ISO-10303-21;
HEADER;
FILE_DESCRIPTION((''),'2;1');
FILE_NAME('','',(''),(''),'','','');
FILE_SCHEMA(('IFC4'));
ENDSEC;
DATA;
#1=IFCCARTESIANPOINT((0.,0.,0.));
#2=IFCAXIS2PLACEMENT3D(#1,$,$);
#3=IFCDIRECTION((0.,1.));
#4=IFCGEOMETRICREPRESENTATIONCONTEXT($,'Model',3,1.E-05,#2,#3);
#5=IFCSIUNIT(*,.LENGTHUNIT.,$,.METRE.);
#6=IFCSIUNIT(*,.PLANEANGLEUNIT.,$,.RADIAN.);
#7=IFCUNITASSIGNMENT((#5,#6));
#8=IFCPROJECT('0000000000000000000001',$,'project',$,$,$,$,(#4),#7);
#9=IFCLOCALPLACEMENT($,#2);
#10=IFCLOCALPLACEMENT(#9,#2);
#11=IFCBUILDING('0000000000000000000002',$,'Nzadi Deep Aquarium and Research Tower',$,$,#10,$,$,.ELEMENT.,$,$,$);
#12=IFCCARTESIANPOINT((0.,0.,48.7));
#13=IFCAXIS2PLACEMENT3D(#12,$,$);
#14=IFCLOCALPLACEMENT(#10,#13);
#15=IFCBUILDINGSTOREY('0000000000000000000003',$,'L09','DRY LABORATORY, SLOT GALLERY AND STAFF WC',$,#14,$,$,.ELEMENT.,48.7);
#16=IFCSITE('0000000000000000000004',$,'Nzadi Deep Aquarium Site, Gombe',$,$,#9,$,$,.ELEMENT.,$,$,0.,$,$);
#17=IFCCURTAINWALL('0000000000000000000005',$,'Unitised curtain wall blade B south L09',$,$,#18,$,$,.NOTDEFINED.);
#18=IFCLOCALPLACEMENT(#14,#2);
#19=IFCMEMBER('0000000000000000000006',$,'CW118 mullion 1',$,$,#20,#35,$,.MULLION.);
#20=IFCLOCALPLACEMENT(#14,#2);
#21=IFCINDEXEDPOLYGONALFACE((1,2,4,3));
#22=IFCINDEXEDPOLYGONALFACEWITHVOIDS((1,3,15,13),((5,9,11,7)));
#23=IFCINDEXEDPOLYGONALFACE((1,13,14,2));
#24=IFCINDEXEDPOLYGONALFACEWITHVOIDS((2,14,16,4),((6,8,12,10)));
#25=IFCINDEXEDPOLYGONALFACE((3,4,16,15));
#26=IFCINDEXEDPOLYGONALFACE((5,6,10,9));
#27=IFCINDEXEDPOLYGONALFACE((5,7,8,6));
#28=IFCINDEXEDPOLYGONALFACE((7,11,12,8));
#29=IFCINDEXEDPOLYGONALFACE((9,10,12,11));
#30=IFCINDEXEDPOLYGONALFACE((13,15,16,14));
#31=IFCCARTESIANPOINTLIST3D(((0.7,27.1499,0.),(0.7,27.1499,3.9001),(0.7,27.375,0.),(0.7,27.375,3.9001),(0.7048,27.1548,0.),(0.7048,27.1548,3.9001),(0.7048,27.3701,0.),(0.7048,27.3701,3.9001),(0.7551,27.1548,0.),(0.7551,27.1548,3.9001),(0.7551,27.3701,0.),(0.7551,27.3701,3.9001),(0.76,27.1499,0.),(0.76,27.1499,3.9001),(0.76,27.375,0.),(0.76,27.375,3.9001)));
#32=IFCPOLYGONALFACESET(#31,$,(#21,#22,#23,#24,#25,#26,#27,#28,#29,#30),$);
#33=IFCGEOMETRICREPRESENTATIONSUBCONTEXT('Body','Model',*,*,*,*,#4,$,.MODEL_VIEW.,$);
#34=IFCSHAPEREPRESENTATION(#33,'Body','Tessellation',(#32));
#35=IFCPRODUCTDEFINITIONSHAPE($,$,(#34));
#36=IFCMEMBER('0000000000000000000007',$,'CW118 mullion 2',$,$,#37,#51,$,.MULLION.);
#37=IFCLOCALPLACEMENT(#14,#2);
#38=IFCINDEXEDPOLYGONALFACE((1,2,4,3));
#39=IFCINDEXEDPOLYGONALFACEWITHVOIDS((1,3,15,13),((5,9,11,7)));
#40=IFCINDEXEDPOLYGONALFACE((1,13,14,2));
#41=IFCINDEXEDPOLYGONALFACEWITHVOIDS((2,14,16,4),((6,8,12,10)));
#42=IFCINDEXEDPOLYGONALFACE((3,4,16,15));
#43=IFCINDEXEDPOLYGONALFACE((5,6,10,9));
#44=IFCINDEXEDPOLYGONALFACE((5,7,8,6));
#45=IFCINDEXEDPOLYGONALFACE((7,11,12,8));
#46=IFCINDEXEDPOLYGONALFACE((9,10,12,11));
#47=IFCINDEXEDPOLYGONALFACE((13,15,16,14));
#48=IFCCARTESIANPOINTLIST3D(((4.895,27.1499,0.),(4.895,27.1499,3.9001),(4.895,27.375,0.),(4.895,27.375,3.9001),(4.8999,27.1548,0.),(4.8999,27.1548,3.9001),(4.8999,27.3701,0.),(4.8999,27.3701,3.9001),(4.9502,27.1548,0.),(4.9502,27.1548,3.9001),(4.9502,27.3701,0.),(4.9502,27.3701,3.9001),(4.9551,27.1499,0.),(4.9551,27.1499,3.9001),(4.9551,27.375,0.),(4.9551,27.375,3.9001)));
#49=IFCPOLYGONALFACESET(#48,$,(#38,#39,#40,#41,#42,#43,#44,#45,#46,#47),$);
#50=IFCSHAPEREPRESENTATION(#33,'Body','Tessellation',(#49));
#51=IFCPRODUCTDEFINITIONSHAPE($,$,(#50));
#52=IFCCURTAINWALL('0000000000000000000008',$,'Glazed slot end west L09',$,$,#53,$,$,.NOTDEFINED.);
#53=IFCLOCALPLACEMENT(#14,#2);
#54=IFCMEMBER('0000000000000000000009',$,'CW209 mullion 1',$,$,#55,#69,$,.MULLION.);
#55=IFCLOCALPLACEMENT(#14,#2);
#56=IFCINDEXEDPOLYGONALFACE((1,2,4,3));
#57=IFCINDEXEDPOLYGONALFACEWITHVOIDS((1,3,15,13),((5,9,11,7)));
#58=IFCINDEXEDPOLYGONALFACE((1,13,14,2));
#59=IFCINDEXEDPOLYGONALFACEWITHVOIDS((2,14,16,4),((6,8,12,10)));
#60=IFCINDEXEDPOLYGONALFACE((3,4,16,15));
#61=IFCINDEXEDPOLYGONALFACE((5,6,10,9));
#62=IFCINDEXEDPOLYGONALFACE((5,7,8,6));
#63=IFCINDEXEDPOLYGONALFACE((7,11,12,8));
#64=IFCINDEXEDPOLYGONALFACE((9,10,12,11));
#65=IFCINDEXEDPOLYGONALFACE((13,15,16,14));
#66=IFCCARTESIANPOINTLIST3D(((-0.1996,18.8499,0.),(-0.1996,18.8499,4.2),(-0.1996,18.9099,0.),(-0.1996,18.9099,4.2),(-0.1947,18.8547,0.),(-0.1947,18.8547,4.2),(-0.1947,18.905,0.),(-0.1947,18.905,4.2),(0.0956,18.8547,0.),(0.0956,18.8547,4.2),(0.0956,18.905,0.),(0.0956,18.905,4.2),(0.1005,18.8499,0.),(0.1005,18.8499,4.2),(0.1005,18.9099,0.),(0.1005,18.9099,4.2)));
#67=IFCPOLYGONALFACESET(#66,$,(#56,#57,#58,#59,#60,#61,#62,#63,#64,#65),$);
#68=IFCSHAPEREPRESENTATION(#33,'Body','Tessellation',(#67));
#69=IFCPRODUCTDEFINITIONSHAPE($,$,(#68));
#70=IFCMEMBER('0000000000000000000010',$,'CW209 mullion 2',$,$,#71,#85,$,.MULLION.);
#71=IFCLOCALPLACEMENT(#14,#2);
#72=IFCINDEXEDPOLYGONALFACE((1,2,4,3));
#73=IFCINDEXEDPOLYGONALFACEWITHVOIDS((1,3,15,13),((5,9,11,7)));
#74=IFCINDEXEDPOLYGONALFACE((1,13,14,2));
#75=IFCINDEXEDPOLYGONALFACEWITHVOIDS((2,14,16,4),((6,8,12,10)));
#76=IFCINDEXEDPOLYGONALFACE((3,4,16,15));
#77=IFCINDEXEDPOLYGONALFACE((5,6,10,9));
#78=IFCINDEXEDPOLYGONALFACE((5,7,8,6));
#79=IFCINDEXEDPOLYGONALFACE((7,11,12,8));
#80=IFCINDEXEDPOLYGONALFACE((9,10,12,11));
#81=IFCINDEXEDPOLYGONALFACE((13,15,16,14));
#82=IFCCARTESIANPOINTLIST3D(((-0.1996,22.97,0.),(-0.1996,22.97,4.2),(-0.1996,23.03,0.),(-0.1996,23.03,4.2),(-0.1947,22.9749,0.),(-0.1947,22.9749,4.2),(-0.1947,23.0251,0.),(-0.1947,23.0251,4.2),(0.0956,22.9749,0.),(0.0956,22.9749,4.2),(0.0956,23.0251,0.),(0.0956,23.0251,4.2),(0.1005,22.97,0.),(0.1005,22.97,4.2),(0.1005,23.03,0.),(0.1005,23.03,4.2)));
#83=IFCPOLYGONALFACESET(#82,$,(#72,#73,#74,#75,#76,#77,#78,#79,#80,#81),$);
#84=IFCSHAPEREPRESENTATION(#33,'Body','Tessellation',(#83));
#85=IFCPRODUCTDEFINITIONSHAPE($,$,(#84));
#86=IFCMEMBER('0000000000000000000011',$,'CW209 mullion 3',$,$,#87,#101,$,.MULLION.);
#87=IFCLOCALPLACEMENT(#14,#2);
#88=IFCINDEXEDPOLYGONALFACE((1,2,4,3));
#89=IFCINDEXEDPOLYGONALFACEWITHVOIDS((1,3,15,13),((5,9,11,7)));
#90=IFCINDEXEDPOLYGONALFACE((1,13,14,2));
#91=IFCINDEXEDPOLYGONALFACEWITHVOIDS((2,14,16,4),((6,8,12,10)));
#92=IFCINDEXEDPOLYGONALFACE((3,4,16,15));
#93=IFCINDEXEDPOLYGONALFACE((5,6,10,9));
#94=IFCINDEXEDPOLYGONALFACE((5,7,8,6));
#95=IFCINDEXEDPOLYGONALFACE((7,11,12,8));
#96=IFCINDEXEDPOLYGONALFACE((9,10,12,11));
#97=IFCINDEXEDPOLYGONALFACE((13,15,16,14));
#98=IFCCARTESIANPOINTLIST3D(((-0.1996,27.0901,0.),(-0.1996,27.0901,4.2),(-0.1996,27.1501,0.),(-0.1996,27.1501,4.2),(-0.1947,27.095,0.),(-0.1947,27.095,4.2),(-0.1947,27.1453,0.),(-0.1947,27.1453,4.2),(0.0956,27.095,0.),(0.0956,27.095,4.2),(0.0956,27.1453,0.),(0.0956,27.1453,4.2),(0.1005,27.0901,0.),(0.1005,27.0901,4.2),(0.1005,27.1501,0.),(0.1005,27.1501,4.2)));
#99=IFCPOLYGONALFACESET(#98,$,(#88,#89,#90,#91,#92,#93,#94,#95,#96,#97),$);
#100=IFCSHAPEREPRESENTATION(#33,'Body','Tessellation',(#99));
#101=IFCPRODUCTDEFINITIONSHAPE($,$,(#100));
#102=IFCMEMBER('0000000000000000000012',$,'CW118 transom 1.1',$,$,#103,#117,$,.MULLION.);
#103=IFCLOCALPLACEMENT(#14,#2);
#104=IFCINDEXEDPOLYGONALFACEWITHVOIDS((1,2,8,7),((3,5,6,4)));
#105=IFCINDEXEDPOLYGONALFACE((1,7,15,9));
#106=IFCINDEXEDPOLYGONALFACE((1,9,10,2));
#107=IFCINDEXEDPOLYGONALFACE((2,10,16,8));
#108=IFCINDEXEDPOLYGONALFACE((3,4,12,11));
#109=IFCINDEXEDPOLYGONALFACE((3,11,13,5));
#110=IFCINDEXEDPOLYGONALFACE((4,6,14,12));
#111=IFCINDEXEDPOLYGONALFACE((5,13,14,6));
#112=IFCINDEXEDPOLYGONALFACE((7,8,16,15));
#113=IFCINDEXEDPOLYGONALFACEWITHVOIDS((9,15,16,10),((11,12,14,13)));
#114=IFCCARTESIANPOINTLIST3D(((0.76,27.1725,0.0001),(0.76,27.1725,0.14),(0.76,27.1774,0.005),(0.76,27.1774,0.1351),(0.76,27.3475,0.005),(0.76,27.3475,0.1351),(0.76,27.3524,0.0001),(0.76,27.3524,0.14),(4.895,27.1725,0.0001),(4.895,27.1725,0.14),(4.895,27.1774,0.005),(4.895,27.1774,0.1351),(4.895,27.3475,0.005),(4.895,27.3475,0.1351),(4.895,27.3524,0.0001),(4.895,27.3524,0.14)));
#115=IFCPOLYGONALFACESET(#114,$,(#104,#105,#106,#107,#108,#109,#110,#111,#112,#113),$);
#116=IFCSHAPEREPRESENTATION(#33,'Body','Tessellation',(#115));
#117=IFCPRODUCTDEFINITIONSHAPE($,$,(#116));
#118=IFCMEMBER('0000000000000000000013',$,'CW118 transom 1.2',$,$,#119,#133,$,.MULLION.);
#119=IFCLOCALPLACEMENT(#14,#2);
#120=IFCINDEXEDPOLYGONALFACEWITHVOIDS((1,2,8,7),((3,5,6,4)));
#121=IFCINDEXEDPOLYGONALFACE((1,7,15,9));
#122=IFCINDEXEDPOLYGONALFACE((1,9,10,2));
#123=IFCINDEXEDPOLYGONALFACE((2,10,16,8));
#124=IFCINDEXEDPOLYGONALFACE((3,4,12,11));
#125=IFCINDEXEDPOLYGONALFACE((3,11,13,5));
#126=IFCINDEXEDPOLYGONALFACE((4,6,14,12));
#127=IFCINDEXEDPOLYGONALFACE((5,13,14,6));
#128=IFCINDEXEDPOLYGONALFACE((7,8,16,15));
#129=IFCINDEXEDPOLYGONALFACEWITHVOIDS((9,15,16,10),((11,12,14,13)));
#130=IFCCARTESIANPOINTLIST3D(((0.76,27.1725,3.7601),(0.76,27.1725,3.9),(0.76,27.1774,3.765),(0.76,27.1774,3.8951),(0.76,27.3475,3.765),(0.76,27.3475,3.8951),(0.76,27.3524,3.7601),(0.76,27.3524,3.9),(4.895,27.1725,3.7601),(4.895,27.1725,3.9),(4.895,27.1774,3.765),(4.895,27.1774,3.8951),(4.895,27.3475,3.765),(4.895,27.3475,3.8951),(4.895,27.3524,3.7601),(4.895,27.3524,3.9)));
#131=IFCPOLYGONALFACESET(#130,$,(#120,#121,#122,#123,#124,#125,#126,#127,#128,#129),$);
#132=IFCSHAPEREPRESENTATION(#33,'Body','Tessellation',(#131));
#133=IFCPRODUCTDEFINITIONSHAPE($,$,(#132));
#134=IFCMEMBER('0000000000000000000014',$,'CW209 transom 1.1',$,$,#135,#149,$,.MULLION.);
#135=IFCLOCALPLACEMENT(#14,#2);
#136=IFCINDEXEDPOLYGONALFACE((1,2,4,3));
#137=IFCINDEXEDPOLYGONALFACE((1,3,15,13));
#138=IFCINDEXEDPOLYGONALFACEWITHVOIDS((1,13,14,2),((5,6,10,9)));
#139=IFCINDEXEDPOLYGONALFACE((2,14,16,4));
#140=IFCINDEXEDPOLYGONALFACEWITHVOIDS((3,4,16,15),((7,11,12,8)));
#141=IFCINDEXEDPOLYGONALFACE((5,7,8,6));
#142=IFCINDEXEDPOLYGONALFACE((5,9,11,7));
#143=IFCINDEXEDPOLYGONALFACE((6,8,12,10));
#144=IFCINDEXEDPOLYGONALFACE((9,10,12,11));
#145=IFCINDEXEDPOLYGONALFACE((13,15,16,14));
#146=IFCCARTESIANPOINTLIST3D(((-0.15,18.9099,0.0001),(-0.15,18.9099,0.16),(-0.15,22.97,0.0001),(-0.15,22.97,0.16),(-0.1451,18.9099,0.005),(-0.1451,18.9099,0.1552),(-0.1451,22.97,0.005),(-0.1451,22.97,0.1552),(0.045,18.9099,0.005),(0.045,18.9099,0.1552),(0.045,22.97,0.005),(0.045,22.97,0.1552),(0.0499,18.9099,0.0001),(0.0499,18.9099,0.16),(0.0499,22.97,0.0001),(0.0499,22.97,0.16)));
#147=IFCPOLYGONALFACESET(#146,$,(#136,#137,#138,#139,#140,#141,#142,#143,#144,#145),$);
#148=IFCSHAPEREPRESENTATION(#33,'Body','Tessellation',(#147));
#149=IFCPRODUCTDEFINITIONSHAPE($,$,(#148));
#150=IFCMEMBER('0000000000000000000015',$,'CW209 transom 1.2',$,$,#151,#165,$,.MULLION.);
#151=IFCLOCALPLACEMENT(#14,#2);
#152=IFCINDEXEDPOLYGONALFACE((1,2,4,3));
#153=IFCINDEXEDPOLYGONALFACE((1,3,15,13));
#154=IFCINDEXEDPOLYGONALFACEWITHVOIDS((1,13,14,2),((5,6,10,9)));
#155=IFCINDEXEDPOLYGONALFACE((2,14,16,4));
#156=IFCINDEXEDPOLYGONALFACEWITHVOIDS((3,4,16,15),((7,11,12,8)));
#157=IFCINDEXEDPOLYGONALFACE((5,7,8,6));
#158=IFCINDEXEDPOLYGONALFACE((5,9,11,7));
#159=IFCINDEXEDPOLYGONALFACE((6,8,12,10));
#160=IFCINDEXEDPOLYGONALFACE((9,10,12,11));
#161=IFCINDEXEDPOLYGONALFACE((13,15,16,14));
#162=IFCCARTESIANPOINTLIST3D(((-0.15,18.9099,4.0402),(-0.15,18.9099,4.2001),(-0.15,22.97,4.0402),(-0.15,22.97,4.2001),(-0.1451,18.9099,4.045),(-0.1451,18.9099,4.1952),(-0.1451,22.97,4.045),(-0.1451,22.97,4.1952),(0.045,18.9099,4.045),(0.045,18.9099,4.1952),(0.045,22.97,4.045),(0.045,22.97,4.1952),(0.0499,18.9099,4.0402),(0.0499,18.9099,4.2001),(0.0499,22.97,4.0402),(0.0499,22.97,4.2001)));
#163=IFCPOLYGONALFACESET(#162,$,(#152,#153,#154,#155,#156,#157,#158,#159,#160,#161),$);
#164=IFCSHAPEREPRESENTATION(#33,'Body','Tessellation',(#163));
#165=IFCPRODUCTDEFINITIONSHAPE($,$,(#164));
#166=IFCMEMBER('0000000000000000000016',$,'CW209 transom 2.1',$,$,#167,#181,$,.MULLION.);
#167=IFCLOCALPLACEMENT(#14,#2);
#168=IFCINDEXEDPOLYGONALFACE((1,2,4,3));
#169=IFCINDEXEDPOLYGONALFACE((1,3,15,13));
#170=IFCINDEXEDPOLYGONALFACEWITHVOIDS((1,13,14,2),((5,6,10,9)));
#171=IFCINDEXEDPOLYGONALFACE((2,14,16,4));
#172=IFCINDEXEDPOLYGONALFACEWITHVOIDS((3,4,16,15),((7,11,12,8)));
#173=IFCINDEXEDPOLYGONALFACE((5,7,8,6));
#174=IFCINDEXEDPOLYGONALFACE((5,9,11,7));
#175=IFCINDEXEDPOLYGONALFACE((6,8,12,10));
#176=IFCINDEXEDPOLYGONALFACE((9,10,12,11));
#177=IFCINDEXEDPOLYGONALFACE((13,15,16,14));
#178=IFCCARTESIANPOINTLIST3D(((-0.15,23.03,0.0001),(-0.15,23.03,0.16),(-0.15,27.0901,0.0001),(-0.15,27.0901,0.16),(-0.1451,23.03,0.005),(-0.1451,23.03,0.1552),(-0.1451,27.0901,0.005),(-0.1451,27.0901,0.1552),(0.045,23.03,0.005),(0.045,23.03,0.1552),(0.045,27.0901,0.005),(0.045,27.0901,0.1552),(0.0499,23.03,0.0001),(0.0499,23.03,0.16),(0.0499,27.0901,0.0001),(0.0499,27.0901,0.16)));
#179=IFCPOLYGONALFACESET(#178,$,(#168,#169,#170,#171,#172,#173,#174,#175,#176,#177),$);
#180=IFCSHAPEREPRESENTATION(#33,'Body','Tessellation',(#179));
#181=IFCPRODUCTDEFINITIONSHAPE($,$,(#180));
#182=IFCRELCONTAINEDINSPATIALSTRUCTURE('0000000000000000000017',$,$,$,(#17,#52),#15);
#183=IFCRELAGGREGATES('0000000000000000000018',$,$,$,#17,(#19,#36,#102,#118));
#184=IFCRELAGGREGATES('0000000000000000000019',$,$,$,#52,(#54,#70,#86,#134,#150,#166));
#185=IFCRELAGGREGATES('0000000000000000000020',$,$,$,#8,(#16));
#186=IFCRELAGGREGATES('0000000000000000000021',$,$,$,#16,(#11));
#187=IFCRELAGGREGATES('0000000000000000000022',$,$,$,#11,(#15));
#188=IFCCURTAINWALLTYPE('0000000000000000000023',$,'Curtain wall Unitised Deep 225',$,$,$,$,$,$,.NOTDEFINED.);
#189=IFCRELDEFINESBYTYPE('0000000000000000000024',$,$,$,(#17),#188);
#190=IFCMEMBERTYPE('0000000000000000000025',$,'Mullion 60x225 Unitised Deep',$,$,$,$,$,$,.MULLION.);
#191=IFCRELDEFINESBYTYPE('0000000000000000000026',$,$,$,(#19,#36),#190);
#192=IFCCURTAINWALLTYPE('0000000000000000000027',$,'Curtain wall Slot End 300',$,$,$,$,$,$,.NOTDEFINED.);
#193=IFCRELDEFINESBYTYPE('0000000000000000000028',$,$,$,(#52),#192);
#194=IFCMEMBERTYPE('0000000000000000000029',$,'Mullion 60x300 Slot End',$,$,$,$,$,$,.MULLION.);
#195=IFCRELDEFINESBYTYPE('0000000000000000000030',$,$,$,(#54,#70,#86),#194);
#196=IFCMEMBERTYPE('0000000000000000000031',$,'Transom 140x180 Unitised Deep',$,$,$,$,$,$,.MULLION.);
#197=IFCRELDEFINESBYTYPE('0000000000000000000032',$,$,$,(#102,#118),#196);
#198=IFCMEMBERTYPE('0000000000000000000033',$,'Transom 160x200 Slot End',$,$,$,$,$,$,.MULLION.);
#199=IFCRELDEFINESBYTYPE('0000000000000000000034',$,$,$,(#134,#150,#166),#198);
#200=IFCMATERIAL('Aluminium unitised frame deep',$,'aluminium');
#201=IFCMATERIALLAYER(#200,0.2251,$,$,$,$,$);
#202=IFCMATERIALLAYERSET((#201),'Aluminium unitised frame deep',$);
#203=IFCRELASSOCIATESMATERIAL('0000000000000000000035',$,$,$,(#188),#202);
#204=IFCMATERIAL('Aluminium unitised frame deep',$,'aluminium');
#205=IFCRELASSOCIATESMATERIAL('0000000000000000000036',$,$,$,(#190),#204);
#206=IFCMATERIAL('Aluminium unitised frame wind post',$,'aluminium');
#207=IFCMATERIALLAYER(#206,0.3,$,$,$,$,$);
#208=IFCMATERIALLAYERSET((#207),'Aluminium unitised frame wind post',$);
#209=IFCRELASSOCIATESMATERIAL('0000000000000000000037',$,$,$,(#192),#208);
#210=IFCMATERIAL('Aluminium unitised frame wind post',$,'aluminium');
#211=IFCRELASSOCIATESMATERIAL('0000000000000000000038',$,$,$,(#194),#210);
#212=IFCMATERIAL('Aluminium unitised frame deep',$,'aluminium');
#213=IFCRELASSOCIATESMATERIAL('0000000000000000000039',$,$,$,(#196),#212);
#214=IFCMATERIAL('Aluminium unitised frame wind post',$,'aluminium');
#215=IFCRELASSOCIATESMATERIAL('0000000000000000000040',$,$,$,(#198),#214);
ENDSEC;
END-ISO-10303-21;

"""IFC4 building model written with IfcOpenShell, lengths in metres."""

from ifc_helpers import new_model, si_unit, direction, frame, origin, origin_2d, place, context, subcontext, project, spatial, hollow_rectangle, extrude, material, layer, layer_set, material_profile, profile_set, type_object, element, aggregate, save


model = new_model("IFC4")

# Units and contexts
model_context = context("Model", 3, precision=1e-05, world=origin(), true_north=direction((0.0, 1.0)))
body_context = subcontext(model_context, "Body", "Model", "MODEL_VIEW")
ifc_project = project(units=[si_unit("LENGTHUNIT", "METRE"), si_unit("PLANEANGLEUNIT", "RADIAN")], contexts=[model_context])

# Site, building, storey
site_placement = place(None, origin())
site = spatial("IfcSite", under=ifc_project, at=site_placement, Name="Nzadi Deep Aquarium Site, Gombe", CompositionType="ELEMENT", RefElevation=0.0)
building_placement = place(site_placement, origin())
building = spatial("IfcBuilding", under=site, at=building_placement, Name="Nzadi Deep Aquarium and Research Tower", CompositionType="ELEMENT")
storey_placement = place(building_placement, frame((0.0, 0.0, 48.7)))
storey = spatial("IfcBuildingStorey", under=building, at=storey_placement, Name="L09", Description="DRY LABORATORY, SLOT GALLERY AND STAFF WC", CompositionType="ELEMENT", Elevation=48.7)

# Curtain walls, members
ifc_material_1 = material(Name="Aluminium unitised frame deep", Category="aluminium")
ifc_layer_1 = layer(ifc_material_1, 0.2251)
ifc_layer_set_1 = layer_set([ifc_layer_1], Name="Aluminium unitised frame deep")
curtain_wall_type_1 = type_object("IfcCurtainWallType", Name="Curtain wall Unitised Deep 225", PredefinedType="NOTDEFINED", material=ifc_layer_set_1)
curtain_wall_1_placement = place(storey_placement, origin())
curtain_wall_1 = element("IfcCurtainWall", 1, at=curtain_wall_1_placement, inside=storey, type_object=curtain_wall_type_1, Name="Unitised curtain wall blade B south L09", PredefinedType="NOTDEFINED")
ifc_material_2 = material(Name="Aluminium unitised frame deep", Category="aluminium")
ifc_material_profile_1 = material_profile(ifc_material_2, hollow_rectangle(XDim=0.2251, YDim=0.0601, WallThickness=0.0049, at=origin_2d()))
ifc_profile_set_1 = profile_set([ifc_material_profile_1], Name="Aluminium unitised frame deep")
member_type_1 = type_object("IfcMemberType", Name="Mullion 60x225 Unitised Deep", PredefinedType="MULLION", material=ifc_profile_set_1)
member_1_placement = place(storey_placement, frame((0.73, 27.2625, 0.0), z_axis=(0.0, 0.0, 1.0), x_axis=(0.0, 1.0, 0.0)))
member_1 = element("IfcMember", 2, at=member_1_placement, type_object=member_type_1, Name="CW118 mullion 1", PredefinedType="MULLION", context=body_context, shape_type="SweptSolid", body=[
    extrude(hollow_rectangle(XDim=0.2251, YDim=0.0601, WallThickness=0.0049, at=origin_2d()), origin(), (0.0, 0.0, 1.0), 3.9001),
])
member_2_placement = place(storey_placement, frame((4.925, 27.2625, 0.0), z_axis=(0.0, 0.0, 1.0), x_axis=(0.0, 1.0, 0.0)))
member_2 = element("IfcMember", 3, at=member_2_placement, type_object=member_type_1, Name="CW118 mullion 2", PredefinedType="MULLION", context=body_context, shape_type="SweptSolid", body=[
    extrude(hollow_rectangle(XDim=0.2251, YDim=0.0601, WallThickness=0.0049, at=origin_2d()), origin(), (0.0, 0.0, 1.0), 3.9001),
])
ifc_material_3 = material(Name="Aluminium unitised frame wind post", Category="aluminium")
ifc_layer_2 = layer(ifc_material_3, 0.3)
ifc_layer_set_2 = layer_set([ifc_layer_2], Name="Aluminium unitised frame wind post")
curtain_wall_type_2 = type_object("IfcCurtainWallType", Name="Curtain wall Slot End 300", PredefinedType="NOTDEFINED", material=ifc_layer_set_2)
curtain_wall_2_placement = place(storey_placement, origin())
curtain_wall_2 = element("IfcCurtainWall", 4, at=curtain_wall_2_placement, inside=storey, type_object=curtain_wall_type_2, Name="Glazed slot end west L09", PredefinedType="NOTDEFINED")
ifc_material_4 = material(Name="Aluminium unitised frame wind post", Category="aluminium")
ifc_material_profile_2 = material_profile(ifc_material_4, hollow_rectangle(XDim=0.3, YDim=0.0601, WallThickness=0.0049, at=origin_2d()))
ifc_profile_set_2 = profile_set([ifc_material_profile_2], Name="Aluminium unitised frame wind post")
member_type_2 = type_object("IfcMemberType", Name="Mullion 60x300 Slot End", PredefinedType="MULLION", material=ifc_profile_set_2)
member_3_placement = place(storey_placement, frame((-0.0496, 18.8799, 0.0), z_axis=(0.0, 0.0, 1.0), x_axis=(-1.0, 0.0, 0.0)))
member_3 = element("IfcMember", 5, at=member_3_placement, type_object=member_type_2, Name="CW209 mullion 1", PredefinedType="MULLION", context=body_context, shape_type="SweptSolid", body=[
    extrude(hollow_rectangle(XDim=0.3, YDim=0.0601, WallThickness=0.0049, at=origin_2d()), origin(), (0.0, 0.0, 1.0), 4.2),
])
member_4_placement = place(storey_placement, frame((-0.0496, 23.0, 0.0), z_axis=(0.0, 0.0, 1.0), x_axis=(-1.0, 0.0, 0.0)))
member_4 = element("IfcMember", 6, at=member_4_placement, type_object=member_type_2, Name="CW209 mullion 2", PredefinedType="MULLION", context=body_context, shape_type="SweptSolid", body=[
    extrude(hollow_rectangle(XDim=0.3, YDim=0.0601, WallThickness=0.0049, at=origin_2d()), origin(), (0.0, 0.0, 1.0), 4.2),
])
member_5_placement = place(storey_placement, frame((-0.0496, 27.1201, 0.0), z_axis=(0.0, 0.0, 1.0), x_axis=(-1.0, 0.0, 0.0)))
member_5 = element("IfcMember", 7, at=member_5_placement, type_object=member_type_2, Name="CW209 mullion 3", PredefinedType="MULLION", context=body_context, shape_type="SweptSolid", body=[
    extrude(hollow_rectangle(XDim=0.3, YDim=0.0601, WallThickness=0.0049, at=origin_2d()), origin(), (0.0, 0.0, 1.0), 4.2),
])

# Members
ifc_material_5 = material(Name="Aluminium unitised frame deep", Category="aluminium")
ifc_material_profile_3 = material_profile(ifc_material_5, hollow_rectangle(XDim=0.1799, YDim=0.1399, WallThickness=0.0049, at=origin_2d()))
ifc_profile_set_3 = profile_set([ifc_material_profile_3], Name="Aluminium unitised frame deep")
member_type_3 = type_object("IfcMemberType", Name="Transom 140x180 Unitised Deep", PredefinedType="MULLION", material=ifc_profile_set_3)
member_6_placement = place(storey_placement, frame((0.76, 27.2625, 0.0701), z_axis=(1.0, 0.0, 0.0), x_axis=(0.0, 1.0, 0.0)))
member_6 = element("IfcMember", 8, at=member_6_placement, type_object=member_type_3, Name="CW118 transom 1.1", PredefinedType="MULLION", context=body_context, shape_type="SweptSolid", body=[
    extrude(hollow_rectangle(XDim=0.1799, YDim=0.1399, WallThickness=0.0049, at=origin_2d()), origin(), (0.0, 0.0, 1.0), 4.135),
])
member_7_placement = place(storey_placement, frame((0.76, 27.2625, 3.8301), z_axis=(1.0, 0.0, 0.0), x_axis=(0.0, 1.0, 0.0)))
member_7 = element("IfcMember", 9, at=member_7_placement, type_object=member_type_3, Name="CW118 transom 1.2", PredefinedType="MULLION", context=body_context, shape_type="SweptSolid", body=[
    extrude(hollow_rectangle(XDim=0.1799, YDim=0.1399, WallThickness=0.0049, at=origin_2d()), origin(), (0.0, 0.0, 1.0), 4.135),
])
ifc_material_6 = material(Name="Aluminium unitised frame wind post", Category="aluminium")
ifc_material_profile_4 = material_profile(ifc_material_6, hollow_rectangle(XDim=0.2, YDim=0.1599, WallThickness=0.0049, at=origin_2d()))
ifc_profile_set_4 = profile_set([ifc_material_profile_4], Name="Aluminium unitised frame wind post")
member_type_4 = type_object("IfcMemberType", Name="Transom 160x200 Slot End", PredefinedType="MULLION", material=ifc_profile_set_4)
member_8_placement = place(storey_placement, frame((-0.05, 18.9099, 0.0801), z_axis=(0.0, 1.0, 0.0), x_axis=(-1.0, 0.0, 0.0)))
member_8 = element("IfcMember", 10, at=member_8_placement, type_object=member_type_4, Name="CW209 transom 1.1", PredefinedType="MULLION", context=body_context, shape_type="SweptSolid", body=[
    extrude(hollow_rectangle(XDim=0.2, YDim=0.1599, WallThickness=0.0049, at=origin_2d()), origin(), (0.0, 0.0, 1.0), 4.0601),
])
member_9_placement = place(storey_placement, frame((-0.05, 18.9099, 4.1201), z_axis=(0.0, 1.0, 0.0), x_axis=(-1.0, 0.0, 0.0)))
member_9 = element("IfcMember", 11, at=member_9_placement, type_object=member_type_4, Name="CW209 transom 1.2", PredefinedType="MULLION", context=body_context, shape_type="SweptSolid", body=[
    extrude(hollow_rectangle(XDim=0.2, YDim=0.1599, WallThickness=0.0049, at=origin_2d()), origin(), (0.0, 0.0, 1.0), 4.0601),
])
member_10_placement = place(storey_placement, frame((-0.05, 23.03, 0.0801), z_axis=(0.0, 1.0, 0.0), x_axis=(-1.0, 0.0, 0.0)))
member_10 = element("IfcMember", 12, at=member_10_placement, type_object=member_type_4, Name="CW209 transom 2.1", PredefinedType="MULLION", context=body_context, shape_type="SweptSolid", body=[
    extrude(hollow_rectangle(XDim=0.2, YDim=0.1599, WallThickness=0.0049, at=origin_2d()), origin(), (0.0, 0.0, 1.0), 4.0601),
])

aggregate(curtain_wall_1, [member_1, member_2, member_6, member_7])
aggregate(curtain_wall_2, [member_3, member_4, member_5, member_8, member_9, member_10])

save(model, "model.ifc")
